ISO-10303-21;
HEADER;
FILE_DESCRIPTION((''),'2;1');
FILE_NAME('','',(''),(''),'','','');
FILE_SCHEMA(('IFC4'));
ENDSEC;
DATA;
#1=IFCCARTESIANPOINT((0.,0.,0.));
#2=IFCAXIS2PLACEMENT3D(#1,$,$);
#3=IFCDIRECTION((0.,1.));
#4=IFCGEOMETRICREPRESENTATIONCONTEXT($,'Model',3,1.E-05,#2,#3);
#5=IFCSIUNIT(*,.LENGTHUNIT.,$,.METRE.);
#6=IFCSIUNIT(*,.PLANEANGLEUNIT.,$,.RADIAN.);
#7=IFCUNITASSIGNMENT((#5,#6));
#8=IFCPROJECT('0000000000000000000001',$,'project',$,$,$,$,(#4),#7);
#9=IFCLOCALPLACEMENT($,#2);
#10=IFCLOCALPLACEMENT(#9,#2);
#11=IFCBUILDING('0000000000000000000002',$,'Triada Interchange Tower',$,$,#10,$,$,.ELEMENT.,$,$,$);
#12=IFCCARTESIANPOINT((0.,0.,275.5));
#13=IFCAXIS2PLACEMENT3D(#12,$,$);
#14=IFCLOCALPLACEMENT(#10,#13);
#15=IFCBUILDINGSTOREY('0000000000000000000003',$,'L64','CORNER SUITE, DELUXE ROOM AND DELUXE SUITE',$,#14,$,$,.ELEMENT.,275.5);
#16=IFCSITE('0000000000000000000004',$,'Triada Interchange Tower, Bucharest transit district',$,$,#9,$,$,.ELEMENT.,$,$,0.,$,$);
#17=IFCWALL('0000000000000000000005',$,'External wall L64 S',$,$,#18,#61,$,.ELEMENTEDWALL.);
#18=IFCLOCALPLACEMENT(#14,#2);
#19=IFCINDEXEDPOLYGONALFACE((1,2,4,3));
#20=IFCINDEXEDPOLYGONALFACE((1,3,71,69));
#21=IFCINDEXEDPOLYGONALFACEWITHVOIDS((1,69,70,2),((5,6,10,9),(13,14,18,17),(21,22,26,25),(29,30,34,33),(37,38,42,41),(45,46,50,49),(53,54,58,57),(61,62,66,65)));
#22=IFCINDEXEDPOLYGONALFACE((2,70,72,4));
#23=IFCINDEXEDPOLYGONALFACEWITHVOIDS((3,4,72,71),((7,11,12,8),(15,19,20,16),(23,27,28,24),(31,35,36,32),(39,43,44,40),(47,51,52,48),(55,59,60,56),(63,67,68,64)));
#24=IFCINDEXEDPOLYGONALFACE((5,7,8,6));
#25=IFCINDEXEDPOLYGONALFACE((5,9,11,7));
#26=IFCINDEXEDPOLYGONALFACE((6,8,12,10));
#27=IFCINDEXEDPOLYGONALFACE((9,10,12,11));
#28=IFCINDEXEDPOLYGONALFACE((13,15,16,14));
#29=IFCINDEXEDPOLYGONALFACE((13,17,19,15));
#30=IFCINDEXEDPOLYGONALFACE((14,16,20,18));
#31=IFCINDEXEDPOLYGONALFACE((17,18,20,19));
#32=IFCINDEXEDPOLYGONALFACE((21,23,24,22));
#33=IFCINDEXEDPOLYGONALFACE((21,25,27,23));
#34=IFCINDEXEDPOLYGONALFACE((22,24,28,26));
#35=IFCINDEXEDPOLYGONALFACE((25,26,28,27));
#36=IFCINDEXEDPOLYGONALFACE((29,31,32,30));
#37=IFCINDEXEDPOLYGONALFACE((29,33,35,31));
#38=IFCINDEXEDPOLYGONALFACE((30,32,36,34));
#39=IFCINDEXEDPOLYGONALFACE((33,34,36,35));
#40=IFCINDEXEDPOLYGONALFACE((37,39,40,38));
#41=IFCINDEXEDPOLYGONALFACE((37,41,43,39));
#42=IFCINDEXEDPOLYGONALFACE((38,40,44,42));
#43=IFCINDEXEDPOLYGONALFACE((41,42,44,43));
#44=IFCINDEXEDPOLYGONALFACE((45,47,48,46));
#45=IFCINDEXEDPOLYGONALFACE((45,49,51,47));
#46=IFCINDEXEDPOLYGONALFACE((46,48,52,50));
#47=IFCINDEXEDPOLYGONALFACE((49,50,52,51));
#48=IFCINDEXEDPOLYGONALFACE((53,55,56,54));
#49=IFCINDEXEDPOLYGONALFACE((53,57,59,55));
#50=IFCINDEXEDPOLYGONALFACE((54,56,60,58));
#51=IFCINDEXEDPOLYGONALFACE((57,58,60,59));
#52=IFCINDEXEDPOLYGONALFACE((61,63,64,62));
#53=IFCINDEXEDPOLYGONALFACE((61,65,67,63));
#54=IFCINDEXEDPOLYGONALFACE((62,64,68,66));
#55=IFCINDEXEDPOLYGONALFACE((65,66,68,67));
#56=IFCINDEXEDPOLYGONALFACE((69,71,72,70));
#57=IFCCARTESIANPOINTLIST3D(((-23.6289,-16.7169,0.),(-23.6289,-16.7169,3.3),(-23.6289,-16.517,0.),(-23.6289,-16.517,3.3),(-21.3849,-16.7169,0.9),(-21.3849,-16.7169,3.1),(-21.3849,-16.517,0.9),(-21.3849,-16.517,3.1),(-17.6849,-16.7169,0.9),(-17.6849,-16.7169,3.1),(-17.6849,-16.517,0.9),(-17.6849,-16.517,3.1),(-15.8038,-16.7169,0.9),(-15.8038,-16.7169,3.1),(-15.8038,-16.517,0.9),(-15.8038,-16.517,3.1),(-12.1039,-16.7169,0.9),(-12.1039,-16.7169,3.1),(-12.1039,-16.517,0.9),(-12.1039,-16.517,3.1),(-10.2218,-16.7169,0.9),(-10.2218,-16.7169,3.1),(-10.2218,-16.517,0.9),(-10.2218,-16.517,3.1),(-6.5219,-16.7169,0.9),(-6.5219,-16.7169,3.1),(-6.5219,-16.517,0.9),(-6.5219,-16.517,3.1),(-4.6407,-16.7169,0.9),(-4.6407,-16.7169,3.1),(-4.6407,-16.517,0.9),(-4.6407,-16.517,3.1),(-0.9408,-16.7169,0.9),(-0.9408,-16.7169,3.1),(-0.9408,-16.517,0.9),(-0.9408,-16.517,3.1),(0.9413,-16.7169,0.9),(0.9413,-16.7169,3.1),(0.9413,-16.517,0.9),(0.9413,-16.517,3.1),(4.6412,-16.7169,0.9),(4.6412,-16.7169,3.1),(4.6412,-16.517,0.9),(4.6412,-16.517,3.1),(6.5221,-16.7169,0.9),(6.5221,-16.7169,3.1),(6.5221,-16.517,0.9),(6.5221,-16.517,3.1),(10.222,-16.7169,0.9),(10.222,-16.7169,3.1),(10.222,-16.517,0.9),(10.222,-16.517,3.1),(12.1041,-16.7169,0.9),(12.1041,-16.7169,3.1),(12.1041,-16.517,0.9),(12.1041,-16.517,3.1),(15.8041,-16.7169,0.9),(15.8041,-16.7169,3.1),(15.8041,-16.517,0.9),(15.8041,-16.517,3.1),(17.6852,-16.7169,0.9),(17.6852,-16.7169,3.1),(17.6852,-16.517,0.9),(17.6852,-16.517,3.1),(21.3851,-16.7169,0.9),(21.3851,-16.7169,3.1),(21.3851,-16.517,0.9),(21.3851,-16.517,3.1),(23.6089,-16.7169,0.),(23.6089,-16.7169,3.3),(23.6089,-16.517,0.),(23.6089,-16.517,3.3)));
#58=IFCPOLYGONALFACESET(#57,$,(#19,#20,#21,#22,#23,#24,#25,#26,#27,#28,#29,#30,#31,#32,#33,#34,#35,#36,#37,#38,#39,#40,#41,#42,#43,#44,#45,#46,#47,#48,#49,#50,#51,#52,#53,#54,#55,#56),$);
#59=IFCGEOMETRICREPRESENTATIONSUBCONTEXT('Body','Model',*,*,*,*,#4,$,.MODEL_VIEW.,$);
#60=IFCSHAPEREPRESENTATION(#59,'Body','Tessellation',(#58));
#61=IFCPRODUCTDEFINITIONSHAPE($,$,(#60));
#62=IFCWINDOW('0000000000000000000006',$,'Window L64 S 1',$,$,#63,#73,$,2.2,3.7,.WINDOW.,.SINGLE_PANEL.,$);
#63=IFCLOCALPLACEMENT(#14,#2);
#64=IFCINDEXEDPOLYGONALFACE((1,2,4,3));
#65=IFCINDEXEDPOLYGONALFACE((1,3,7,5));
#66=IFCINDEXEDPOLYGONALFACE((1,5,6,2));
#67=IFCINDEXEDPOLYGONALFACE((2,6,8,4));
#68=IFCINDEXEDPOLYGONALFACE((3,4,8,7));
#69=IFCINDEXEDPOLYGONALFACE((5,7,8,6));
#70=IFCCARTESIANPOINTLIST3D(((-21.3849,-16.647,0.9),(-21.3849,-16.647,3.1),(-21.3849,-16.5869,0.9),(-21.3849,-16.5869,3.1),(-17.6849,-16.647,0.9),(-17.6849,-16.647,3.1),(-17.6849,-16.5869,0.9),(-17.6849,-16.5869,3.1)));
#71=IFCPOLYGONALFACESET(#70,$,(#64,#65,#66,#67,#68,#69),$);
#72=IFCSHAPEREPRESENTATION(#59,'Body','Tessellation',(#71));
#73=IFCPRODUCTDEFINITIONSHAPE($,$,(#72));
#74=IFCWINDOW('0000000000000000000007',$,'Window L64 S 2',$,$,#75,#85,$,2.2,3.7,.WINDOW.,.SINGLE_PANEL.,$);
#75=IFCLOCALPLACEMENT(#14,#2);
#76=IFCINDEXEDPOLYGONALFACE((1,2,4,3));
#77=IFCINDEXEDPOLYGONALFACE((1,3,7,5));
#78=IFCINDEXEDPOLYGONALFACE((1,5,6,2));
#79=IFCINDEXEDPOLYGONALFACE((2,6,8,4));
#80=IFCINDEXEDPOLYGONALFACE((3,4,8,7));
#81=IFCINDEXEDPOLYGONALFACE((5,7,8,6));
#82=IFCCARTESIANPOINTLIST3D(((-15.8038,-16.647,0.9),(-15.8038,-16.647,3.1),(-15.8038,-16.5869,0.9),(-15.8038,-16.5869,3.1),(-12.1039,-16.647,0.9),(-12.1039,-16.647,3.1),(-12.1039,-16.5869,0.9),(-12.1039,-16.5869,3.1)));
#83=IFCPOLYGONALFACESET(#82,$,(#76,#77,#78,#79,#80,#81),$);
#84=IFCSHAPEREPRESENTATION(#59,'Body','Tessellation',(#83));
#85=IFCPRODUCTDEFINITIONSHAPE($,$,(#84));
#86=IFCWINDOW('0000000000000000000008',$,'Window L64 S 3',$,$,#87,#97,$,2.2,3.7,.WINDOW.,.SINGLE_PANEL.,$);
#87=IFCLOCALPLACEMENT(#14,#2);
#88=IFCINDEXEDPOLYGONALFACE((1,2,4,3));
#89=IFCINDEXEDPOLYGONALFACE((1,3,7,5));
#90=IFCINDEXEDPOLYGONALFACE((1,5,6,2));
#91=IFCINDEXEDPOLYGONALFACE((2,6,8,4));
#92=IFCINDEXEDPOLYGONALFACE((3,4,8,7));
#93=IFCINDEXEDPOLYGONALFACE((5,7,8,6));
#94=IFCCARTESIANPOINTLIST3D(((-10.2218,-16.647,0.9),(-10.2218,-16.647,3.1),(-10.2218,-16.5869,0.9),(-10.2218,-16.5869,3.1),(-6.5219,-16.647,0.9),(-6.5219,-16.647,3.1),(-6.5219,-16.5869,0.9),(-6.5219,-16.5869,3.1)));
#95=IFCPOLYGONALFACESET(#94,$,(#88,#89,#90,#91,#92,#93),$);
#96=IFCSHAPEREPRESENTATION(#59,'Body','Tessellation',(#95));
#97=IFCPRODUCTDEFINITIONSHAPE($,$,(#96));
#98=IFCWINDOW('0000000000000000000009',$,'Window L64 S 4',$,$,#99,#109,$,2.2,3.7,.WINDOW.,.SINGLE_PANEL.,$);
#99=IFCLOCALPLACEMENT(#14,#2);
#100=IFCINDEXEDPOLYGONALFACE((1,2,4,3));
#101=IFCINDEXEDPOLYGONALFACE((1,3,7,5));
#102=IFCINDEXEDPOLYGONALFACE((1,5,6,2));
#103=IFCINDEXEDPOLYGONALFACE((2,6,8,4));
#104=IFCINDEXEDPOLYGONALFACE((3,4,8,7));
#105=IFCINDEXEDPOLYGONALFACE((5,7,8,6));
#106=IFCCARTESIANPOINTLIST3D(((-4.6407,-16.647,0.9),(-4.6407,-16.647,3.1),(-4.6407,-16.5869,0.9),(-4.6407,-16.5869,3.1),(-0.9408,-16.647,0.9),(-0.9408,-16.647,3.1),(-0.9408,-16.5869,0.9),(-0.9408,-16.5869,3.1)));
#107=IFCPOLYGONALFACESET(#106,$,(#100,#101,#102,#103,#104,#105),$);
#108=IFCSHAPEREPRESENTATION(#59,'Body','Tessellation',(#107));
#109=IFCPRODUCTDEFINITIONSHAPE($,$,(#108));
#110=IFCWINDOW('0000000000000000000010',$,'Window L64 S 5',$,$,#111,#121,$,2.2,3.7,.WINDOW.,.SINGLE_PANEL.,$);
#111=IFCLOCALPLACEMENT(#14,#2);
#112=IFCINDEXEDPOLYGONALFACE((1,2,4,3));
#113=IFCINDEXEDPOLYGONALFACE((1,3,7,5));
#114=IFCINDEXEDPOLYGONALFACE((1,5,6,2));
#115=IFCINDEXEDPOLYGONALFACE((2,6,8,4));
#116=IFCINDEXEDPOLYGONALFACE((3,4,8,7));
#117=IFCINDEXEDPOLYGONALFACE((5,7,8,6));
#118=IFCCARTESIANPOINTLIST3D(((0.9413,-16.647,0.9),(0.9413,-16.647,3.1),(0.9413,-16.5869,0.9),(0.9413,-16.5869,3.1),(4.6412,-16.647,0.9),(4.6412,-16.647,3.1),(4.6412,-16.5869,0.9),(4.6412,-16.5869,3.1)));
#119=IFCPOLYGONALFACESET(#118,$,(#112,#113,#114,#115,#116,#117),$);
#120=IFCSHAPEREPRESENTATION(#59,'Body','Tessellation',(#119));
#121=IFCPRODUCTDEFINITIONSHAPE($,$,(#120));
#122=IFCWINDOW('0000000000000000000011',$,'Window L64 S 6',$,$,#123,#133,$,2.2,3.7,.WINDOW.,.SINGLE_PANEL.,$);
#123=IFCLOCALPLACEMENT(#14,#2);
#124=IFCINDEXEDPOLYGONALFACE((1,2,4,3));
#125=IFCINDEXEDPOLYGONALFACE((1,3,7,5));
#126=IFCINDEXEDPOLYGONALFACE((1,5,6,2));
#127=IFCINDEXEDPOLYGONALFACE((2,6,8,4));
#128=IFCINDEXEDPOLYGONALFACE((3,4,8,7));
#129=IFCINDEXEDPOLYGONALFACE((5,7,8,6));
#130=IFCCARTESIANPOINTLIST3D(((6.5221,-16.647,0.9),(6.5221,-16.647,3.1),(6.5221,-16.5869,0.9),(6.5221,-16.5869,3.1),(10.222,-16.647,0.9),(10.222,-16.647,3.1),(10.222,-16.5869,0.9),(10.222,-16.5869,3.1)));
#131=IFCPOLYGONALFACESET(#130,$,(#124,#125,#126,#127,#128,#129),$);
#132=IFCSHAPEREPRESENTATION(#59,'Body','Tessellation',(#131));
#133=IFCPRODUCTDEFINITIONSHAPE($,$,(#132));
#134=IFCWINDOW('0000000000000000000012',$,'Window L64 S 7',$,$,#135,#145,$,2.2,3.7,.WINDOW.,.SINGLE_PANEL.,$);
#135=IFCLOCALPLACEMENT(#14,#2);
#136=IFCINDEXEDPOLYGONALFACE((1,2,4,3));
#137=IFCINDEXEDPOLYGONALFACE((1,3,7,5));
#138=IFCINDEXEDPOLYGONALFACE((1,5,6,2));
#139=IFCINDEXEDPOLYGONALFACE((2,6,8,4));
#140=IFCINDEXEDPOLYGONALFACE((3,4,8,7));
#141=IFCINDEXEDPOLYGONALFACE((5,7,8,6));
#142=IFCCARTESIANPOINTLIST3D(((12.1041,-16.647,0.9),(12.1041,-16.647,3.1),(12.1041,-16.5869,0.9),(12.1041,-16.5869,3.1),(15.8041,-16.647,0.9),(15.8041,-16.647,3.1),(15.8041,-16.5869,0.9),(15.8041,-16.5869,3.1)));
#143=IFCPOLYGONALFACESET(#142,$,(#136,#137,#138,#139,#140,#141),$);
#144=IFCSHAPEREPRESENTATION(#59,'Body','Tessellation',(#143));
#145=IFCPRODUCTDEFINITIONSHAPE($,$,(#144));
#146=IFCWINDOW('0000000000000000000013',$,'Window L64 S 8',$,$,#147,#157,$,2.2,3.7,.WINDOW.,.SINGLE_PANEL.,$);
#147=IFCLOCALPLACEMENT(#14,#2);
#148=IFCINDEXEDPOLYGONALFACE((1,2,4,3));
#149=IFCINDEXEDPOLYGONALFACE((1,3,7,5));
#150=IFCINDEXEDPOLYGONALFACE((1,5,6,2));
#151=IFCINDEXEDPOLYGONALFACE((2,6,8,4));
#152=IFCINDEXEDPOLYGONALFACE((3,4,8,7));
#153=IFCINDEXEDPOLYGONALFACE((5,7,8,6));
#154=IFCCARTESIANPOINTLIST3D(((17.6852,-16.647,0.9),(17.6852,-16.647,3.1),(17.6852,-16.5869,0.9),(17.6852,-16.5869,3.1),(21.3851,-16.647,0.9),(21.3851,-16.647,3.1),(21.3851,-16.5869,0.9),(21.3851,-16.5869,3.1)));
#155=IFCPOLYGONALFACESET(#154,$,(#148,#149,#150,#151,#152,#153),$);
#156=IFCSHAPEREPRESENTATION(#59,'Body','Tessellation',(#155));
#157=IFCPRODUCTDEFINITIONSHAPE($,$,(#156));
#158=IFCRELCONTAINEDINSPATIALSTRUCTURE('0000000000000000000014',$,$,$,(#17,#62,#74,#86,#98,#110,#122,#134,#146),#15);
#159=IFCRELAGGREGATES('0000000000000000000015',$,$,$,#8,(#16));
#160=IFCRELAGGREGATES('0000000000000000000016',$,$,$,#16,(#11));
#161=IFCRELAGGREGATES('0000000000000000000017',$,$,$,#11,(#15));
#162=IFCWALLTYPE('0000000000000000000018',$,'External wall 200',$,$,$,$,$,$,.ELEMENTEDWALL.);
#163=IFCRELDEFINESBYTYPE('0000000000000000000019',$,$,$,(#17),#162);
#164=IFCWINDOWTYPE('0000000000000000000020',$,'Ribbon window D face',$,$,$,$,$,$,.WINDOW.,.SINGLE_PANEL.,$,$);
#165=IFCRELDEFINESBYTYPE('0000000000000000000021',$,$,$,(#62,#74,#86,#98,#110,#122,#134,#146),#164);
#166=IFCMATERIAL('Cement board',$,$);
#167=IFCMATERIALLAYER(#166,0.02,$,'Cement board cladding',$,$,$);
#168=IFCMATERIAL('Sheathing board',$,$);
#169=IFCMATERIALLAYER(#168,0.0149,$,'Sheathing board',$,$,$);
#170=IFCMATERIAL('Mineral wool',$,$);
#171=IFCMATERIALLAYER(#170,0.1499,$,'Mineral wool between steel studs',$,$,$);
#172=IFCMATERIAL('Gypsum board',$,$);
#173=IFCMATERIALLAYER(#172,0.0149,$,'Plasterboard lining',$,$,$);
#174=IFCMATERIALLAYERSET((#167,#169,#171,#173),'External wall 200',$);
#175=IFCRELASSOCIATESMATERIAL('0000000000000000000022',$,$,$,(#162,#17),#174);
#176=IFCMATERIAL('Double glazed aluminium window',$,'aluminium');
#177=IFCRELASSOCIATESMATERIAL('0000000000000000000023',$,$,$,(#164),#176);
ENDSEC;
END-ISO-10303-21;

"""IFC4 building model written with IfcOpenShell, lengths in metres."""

from ifc_helpers import new_model, si_unit, direction, frame, frame_2d, origin, place, context, subcontext, project, spatial, rectangle, extrude, material, layer, layer_set, layer_usage, type_object, element, fill, save


model = new_model("IFC4")

# Units and contexts
model_context = context("Model", 3, precision=1e-05, world=origin(), true_north=direction((0.0, 1.0)))
body_context = subcontext(model_context, "Body", "Model", "MODEL_VIEW")
ifc_project = project(units=[si_unit("LENGTHUNIT", "METRE"), si_unit("PLANEANGLEUNIT", "RADIAN")], contexts=[model_context])

# Site, building, storey
site_placement = place(None, origin())
site = spatial("IfcSite", under=ifc_project, at=site_placement, Name="Triada Interchange Tower, Bucharest transit district", CompositionType="ELEMENT", RefElevation=0.0)
building_placement = place(site_placement, origin())
building = spatial("IfcBuilding", under=site, at=building_placement, Name="Triada Interchange Tower", CompositionType="ELEMENT")
storey_placement = place(building_placement, frame((0.0, 0.0, 275.5)))
storey = spatial("IfcBuildingStorey", under=building, at=storey_placement, Name="L64", Description="CORNER SUITE, DELUXE ROOM AND DELUXE SUITE", CompositionType="ELEMENT", Elevation=275.5)

# Shared definitions
ifc_material_1 = material(Name="Cement board")
ifc_layer_1 = layer(ifc_material_1, 0.02, Name="Cement board cladding")
ifc_material_2 = material(Name="Sheathing board")
ifc_layer_2 = layer(ifc_material_2, 0.0149, Name="Sheathing board")
ifc_material_3 = material(Name="Mineral wool")
ifc_layer_3 = layer(ifc_material_3, 0.1499, Name="Mineral wool between steel studs")
ifc_material_4 = material(Name="Gypsum board")
ifc_layer_4 = layer(ifc_material_4, 0.0149, Name="Plasterboard lining")
ifc_layer_set_1 = layer_set([ifc_layer_1, ifc_layer_2, ifc_layer_3, ifc_layer_4], Name="External wall 200")
ifc_layer_usage = layer_usage(ifc_layer_set_1, "AXIS2", "POSITIVE", -0.1001)
wall_type = type_object("IfcWallType", Name="External wall 200", PredefinedType="ELEMENTEDWALL", material=ifc_layer_set_1)
ifc_material_5 = material(Name="Double glazed aluminium window", Category="aluminium")

# Wall, openings, windows
wall_1_placement = place(storey_placement, frame((-23.6289, -16.6169, 0.0), z_axis=(0.0, 0.0, 1.0), x_axis=(1.0, 0.0, 0.0)))
wall_1 = element("IfcWall", 1, at=wall_1_placement, inside=storey, type_object=wall_type, material=ifc_layer_usage, Name="External wall L64 S", PredefinedType="ELEMENTEDWALL", context=body_context, shape_type="SweptSolid", body=[
    extrude(rectangle(XDim=47.2378, YDim=0.2, at=frame_2d((23.6189, 0.0))), origin(), (0.0, 0.0, 1.0), 3.3),
])
opening_1_placement = place(wall_1_placement, frame((2.2439, 0.0, 0.8999)))
opening_1 = element("IfcOpeningElement", 2, at=opening_1_placement, cuts=wall_1, PredefinedType="OPENING", context=body_context, shape_type="SweptSolid", body=[
    extrude(rectangle(XDim=3.7, YDim=2.2, at=frame_2d((1.8501, 1.1001))), frame((0.0, 0.1099, 0.0), z_axis=(0.0, -1.0, 0.0), x_axis=(1.0, 0.0, 0.0)), (0.0, 0.0, 1.0), 0.22),
])
opening_2_placement = place(wall_1_placement, frame((7.825, 0.0, 0.8999)))
opening_2 = element("IfcOpeningElement", 3, at=opening_2_placement, cuts=wall_1, PredefinedType="OPENING", context=body_context, shape_type="SweptSolid", body=[
    extrude(rectangle(XDim=3.7, YDim=2.2, at=frame_2d((1.8501, 1.1001))), frame((0.0, 0.1099, 0.0), z_axis=(0.0, -1.0, 0.0), x_axis=(1.0, 0.0, 0.0)), (0.0, 0.0, 1.0), 0.22),
])
opening_3_placement = place(wall_1_placement, frame((13.407, 0.0, 0.8999)))
opening_3 = element("IfcOpeningElement", 4, at=opening_3_placement, cuts=wall_1, PredefinedType="OPENING", context=body_context, shape_type="SweptSolid", body=[
    extrude(rectangle(XDim=3.7, YDim=2.2, at=frame_2d((1.8501, 1.1001))), frame((0.0, 0.1099, 0.0), z_axis=(0.0, -1.0, 0.0), x_axis=(1.0, 0.0, 0.0)), (0.0, 0.0, 1.0), 0.22),
])
opening_4_placement = place(wall_1_placement, frame((18.988, 0.0, 0.8999)))
opening_4 = element("IfcOpeningElement", 5, at=opening_4_placement, cuts=wall_1, PredefinedType="OPENING", context=body_context, shape_type="SweptSolid", body=[
    extrude(rectangle(XDim=3.7, YDim=2.2, at=frame_2d((1.8501, 1.1001))), frame((0.0, 0.1099, 0.0), z_axis=(0.0, -1.0, 0.0), x_axis=(1.0, 0.0, 0.0)), (0.0, 0.0, 1.0), 0.22),
])
opening_5_placement = place(wall_1_placement, frame((24.5701, 0.0, 0.8999)))
opening_5 = element("IfcOpeningElement", 6, at=opening_5_placement, cuts=wall_1, PredefinedType="OPENING", context=body_context, shape_type="SweptSolid", body=[
    extrude(rectangle(XDim=3.7, YDim=2.2, at=frame_2d((1.8501, 1.1001))), frame((0.0, 0.1099, 0.0), z_axis=(0.0, -1.0, 0.0), x_axis=(1.0, 0.0, 0.0)), (0.0, 0.0, 1.0), 0.22),
])
opening_6_placement = place(wall_1_placement, frame((30.1509, 0.0, 0.8999)))
opening_6 = element("IfcOpeningElement", 7, at=opening_6_placement, cuts=wall_1, PredefinedType="OPENING", context=body_context, shape_type="SweptSolid", body=[
    extrude(rectangle(XDim=3.7, YDim=2.2, at=frame_2d((1.8501, 1.1001))), frame((0.0, 0.1099, 0.0), z_axis=(0.0, -1.0, 0.0), x_axis=(1.0, 0.0, 0.0)), (0.0, 0.0, 1.0), 0.22),
])
opening_7_placement = place(wall_1_placement, frame((35.7329, 0.0, 0.8999)))
opening_7 = element("IfcOpeningElement", 8, at=opening_7_placement, cuts=wall_1, PredefinedType="OPENING", context=body_context, shape_type="SweptSolid", body=[
    extrude(rectangle(XDim=3.7, YDim=2.2, at=frame_2d((1.8501, 1.1001))), frame((0.0, 0.1099, 0.0), z_axis=(0.0, -1.0, 0.0), x_axis=(1.0, 0.0, 0.0)), (0.0, 0.0, 1.0), 0.22),
])
opening_8_placement = place(wall_1_placement, frame((41.314, 0.0, 0.8999)))
opening_8 = element("IfcOpeningElement", 9, at=opening_8_placement, cuts=wall_1, PredefinedType="OPENING", context=body_context, shape_type="SweptSolid", body=[
    extrude(rectangle(XDim=3.7, YDim=2.2, at=frame_2d((1.8501, 1.1001))), frame((0.0, 0.1099, 0.0), z_axis=(0.0, -1.0, 0.0), x_axis=(1.0, 0.0, 0.0)), (0.0, 0.0, 1.0), 0.22),
])
window_type_1 = type_object("IfcWindowType", Name="Ribbon window D face", PartitioningType="SINGLE_PANEL", PredefinedType="WINDOW", material=ifc_material_5)
window_1_placement = place(opening_1_placement, origin())
window_1 = element("IfcWindow", 10, at=window_1_placement, inside=storey, type_object=window_type_1, Name="Window L64 S 1", OverallHeight=2.2, OverallWidth=3.7, PartitioningType="SINGLE_PANEL", PredefinedType="WINDOW", context=body_context, shape_type="SweptSolid", body=[
    extrude(rectangle(XDim=3.7, YDim=2.2, at=frame_2d((1.8501, 1.1001))), frame((0.0, 0.03, 0.0), z_axis=(0.0, -1.0, 0.0), x_axis=(1.0, 0.0, 0.0)), (0.0, 0.0, 1.0), 0.0601),
])
fill(opening_1, window_1)
window_2_placement = place(opening_2_placement, origin())
window_2 = element("IfcWindow", 11, at=window_2_placement, inside=storey, type_object=window_type_1, Name="Window L64 S 2", OverallHeight=2.2, OverallWidth=3.7, PartitioningType="SINGLE_PANEL", PredefinedType="WINDOW", context=body_context, shape_type="SweptSolid", body=[
    extrude(rectangle(XDim=3.7, YDim=2.2, at=frame_2d((1.8501, 1.1001))), frame((0.0, 0.03, 0.0), z_axis=(0.0, -1.0, 0.0), x_axis=(1.0, 0.0, 0.0)), (0.0, 0.0, 1.0), 0.0601),
])
fill(opening_2, window_2)
window_3_placement = place(opening_3_placement, origin())
window_3 = element("IfcWindow", 12, at=window_3_placement, inside=storey, type_object=window_type_1, Name="Window L64 S 3", OverallHeight=2.2, OverallWidth=3.7, PartitioningType="SINGLE_PANEL", PredefinedType="WINDOW", context=body_context, shape_type="SweptSolid", body=[
    extrude(rectangle(XDim=3.7, YDim=2.2, at=frame_2d((1.8501, 1.1001))), frame((0.0, 0.03, 0.0), z_axis=(0.0, -1.0, 0.0), x_axis=(1.0, 0.0, 0.0)), (0.0, 0.0, 1.0), 0.0601),
])
fill(opening_3, window_3)
window_4_placement = place(opening_4_placement, origin())
window_4 = element("IfcWindow", 13, at=window_4_placement, inside=storey, type_object=window_type_1, Name="Window L64 S 4", OverallHeight=2.2, OverallWidth=3.7, PartitioningType="SINGLE_PANEL", PredefinedType="WINDOW", context=body_context, shape_type="SweptSolid", body=[
    extrude(rectangle(XDim=3.7, YDim=2.2, at=frame_2d((1.8501, 1.1001))), frame((0.0, 0.03, 0.0), z_axis=(0.0, -1.0, 0.0), x_axis=(1.0, 0.0, 0.0)), (0.0, 0.0, 1.0), 0.0601),
])
fill(opening_4, window_4)
window_5_placement = place(opening_5_placement, origin())
window_5 = element("IfcWindow", 14, at=window_5_placement, inside=storey, type_object=window_type_1, Name="Window L64 S 5", OverallHeight=2.2, OverallWidth=3.7, PartitioningType="SINGLE_PANEL", PredefinedType="WINDOW", context=body_context, shape_type="SweptSolid", body=[
    extrude(rectangle(XDim=3.7, YDim=2.2, at=frame_2d((1.8501, 1.1001))), frame((0.0, 0.03, 0.0), z_axis=(0.0, -1.0, 0.0), x_axis=(1.0, 0.0, 0.0)), (0.0, 0.0, 1.0), 0.0601),
])
fill(opening_5, window_5)
window_6_placement = place(opening_6_placement, origin())
window_6 = element("IfcWindow", 15, at=window_6_placement, inside=storey, type_object=window_type_1, Name="Window L64 S 6", OverallHeight=2.2, OverallWidth=3.7, PartitioningType="SINGLE_PANEL", PredefinedType="WINDOW", context=body_context, shape_type="SweptSolid", body=[
    extrude(rectangle(XDim=3.7, YDim=2.2, at=frame_2d((1.8501, 1.1001))), frame((0.0, 0.03, 0.0), z_axis=(0.0, -1.0, 0.0), x_axis=(1.0, 0.0, 0.0)), (0.0, 0.0, 1.0), 0.0601),
])
fill(opening_6, window_6)
window_7_placement = place(opening_7_placement, origin())
window_7 = element("IfcWindow", 16, at=window_7_placement, inside=storey, type_object=window_type_1, Name="Window L64 S 7", OverallHeight=2.2, OverallWidth=3.7, PartitioningType="SINGLE_PANEL", PredefinedType="WINDOW", context=body_context, shape_type="SweptSolid", body=[
    extrude(rectangle(XDim=3.7, YDim=2.2, at=frame_2d((1.8501, 1.1001))), frame((0.0, 0.03, 0.0), z_axis=(0.0, -1.0, 0.0), x_axis=(1.0, 0.0, 0.0)), (0.0, 0.0, 1.0), 0.0601),
])
fill(opening_7, window_7)
window_8_placement = place(opening_8_placement, origin())
window_8 = element("IfcWindow", 17, at=window_8_placement, inside=storey, type_object=window_type_1, Name="Window L64 S 8", OverallHeight=2.2, OverallWidth=3.7, PartitioningType="SINGLE_PANEL", PredefinedType="WINDOW", context=body_context, shape_type="SweptSolid", body=[
    extrude(rectangle(XDim=3.7, YDim=2.2, at=frame_2d((1.8501, 1.1001))), frame((0.0, 0.03, 0.0), z_axis=(0.0, -1.0, 0.0), x_axis=(1.0, 0.0, 0.0)), (0.0, 0.0, 1.0), 0.0601),
])
fill(opening_8, window_8)

save(model, "model.ifc")
